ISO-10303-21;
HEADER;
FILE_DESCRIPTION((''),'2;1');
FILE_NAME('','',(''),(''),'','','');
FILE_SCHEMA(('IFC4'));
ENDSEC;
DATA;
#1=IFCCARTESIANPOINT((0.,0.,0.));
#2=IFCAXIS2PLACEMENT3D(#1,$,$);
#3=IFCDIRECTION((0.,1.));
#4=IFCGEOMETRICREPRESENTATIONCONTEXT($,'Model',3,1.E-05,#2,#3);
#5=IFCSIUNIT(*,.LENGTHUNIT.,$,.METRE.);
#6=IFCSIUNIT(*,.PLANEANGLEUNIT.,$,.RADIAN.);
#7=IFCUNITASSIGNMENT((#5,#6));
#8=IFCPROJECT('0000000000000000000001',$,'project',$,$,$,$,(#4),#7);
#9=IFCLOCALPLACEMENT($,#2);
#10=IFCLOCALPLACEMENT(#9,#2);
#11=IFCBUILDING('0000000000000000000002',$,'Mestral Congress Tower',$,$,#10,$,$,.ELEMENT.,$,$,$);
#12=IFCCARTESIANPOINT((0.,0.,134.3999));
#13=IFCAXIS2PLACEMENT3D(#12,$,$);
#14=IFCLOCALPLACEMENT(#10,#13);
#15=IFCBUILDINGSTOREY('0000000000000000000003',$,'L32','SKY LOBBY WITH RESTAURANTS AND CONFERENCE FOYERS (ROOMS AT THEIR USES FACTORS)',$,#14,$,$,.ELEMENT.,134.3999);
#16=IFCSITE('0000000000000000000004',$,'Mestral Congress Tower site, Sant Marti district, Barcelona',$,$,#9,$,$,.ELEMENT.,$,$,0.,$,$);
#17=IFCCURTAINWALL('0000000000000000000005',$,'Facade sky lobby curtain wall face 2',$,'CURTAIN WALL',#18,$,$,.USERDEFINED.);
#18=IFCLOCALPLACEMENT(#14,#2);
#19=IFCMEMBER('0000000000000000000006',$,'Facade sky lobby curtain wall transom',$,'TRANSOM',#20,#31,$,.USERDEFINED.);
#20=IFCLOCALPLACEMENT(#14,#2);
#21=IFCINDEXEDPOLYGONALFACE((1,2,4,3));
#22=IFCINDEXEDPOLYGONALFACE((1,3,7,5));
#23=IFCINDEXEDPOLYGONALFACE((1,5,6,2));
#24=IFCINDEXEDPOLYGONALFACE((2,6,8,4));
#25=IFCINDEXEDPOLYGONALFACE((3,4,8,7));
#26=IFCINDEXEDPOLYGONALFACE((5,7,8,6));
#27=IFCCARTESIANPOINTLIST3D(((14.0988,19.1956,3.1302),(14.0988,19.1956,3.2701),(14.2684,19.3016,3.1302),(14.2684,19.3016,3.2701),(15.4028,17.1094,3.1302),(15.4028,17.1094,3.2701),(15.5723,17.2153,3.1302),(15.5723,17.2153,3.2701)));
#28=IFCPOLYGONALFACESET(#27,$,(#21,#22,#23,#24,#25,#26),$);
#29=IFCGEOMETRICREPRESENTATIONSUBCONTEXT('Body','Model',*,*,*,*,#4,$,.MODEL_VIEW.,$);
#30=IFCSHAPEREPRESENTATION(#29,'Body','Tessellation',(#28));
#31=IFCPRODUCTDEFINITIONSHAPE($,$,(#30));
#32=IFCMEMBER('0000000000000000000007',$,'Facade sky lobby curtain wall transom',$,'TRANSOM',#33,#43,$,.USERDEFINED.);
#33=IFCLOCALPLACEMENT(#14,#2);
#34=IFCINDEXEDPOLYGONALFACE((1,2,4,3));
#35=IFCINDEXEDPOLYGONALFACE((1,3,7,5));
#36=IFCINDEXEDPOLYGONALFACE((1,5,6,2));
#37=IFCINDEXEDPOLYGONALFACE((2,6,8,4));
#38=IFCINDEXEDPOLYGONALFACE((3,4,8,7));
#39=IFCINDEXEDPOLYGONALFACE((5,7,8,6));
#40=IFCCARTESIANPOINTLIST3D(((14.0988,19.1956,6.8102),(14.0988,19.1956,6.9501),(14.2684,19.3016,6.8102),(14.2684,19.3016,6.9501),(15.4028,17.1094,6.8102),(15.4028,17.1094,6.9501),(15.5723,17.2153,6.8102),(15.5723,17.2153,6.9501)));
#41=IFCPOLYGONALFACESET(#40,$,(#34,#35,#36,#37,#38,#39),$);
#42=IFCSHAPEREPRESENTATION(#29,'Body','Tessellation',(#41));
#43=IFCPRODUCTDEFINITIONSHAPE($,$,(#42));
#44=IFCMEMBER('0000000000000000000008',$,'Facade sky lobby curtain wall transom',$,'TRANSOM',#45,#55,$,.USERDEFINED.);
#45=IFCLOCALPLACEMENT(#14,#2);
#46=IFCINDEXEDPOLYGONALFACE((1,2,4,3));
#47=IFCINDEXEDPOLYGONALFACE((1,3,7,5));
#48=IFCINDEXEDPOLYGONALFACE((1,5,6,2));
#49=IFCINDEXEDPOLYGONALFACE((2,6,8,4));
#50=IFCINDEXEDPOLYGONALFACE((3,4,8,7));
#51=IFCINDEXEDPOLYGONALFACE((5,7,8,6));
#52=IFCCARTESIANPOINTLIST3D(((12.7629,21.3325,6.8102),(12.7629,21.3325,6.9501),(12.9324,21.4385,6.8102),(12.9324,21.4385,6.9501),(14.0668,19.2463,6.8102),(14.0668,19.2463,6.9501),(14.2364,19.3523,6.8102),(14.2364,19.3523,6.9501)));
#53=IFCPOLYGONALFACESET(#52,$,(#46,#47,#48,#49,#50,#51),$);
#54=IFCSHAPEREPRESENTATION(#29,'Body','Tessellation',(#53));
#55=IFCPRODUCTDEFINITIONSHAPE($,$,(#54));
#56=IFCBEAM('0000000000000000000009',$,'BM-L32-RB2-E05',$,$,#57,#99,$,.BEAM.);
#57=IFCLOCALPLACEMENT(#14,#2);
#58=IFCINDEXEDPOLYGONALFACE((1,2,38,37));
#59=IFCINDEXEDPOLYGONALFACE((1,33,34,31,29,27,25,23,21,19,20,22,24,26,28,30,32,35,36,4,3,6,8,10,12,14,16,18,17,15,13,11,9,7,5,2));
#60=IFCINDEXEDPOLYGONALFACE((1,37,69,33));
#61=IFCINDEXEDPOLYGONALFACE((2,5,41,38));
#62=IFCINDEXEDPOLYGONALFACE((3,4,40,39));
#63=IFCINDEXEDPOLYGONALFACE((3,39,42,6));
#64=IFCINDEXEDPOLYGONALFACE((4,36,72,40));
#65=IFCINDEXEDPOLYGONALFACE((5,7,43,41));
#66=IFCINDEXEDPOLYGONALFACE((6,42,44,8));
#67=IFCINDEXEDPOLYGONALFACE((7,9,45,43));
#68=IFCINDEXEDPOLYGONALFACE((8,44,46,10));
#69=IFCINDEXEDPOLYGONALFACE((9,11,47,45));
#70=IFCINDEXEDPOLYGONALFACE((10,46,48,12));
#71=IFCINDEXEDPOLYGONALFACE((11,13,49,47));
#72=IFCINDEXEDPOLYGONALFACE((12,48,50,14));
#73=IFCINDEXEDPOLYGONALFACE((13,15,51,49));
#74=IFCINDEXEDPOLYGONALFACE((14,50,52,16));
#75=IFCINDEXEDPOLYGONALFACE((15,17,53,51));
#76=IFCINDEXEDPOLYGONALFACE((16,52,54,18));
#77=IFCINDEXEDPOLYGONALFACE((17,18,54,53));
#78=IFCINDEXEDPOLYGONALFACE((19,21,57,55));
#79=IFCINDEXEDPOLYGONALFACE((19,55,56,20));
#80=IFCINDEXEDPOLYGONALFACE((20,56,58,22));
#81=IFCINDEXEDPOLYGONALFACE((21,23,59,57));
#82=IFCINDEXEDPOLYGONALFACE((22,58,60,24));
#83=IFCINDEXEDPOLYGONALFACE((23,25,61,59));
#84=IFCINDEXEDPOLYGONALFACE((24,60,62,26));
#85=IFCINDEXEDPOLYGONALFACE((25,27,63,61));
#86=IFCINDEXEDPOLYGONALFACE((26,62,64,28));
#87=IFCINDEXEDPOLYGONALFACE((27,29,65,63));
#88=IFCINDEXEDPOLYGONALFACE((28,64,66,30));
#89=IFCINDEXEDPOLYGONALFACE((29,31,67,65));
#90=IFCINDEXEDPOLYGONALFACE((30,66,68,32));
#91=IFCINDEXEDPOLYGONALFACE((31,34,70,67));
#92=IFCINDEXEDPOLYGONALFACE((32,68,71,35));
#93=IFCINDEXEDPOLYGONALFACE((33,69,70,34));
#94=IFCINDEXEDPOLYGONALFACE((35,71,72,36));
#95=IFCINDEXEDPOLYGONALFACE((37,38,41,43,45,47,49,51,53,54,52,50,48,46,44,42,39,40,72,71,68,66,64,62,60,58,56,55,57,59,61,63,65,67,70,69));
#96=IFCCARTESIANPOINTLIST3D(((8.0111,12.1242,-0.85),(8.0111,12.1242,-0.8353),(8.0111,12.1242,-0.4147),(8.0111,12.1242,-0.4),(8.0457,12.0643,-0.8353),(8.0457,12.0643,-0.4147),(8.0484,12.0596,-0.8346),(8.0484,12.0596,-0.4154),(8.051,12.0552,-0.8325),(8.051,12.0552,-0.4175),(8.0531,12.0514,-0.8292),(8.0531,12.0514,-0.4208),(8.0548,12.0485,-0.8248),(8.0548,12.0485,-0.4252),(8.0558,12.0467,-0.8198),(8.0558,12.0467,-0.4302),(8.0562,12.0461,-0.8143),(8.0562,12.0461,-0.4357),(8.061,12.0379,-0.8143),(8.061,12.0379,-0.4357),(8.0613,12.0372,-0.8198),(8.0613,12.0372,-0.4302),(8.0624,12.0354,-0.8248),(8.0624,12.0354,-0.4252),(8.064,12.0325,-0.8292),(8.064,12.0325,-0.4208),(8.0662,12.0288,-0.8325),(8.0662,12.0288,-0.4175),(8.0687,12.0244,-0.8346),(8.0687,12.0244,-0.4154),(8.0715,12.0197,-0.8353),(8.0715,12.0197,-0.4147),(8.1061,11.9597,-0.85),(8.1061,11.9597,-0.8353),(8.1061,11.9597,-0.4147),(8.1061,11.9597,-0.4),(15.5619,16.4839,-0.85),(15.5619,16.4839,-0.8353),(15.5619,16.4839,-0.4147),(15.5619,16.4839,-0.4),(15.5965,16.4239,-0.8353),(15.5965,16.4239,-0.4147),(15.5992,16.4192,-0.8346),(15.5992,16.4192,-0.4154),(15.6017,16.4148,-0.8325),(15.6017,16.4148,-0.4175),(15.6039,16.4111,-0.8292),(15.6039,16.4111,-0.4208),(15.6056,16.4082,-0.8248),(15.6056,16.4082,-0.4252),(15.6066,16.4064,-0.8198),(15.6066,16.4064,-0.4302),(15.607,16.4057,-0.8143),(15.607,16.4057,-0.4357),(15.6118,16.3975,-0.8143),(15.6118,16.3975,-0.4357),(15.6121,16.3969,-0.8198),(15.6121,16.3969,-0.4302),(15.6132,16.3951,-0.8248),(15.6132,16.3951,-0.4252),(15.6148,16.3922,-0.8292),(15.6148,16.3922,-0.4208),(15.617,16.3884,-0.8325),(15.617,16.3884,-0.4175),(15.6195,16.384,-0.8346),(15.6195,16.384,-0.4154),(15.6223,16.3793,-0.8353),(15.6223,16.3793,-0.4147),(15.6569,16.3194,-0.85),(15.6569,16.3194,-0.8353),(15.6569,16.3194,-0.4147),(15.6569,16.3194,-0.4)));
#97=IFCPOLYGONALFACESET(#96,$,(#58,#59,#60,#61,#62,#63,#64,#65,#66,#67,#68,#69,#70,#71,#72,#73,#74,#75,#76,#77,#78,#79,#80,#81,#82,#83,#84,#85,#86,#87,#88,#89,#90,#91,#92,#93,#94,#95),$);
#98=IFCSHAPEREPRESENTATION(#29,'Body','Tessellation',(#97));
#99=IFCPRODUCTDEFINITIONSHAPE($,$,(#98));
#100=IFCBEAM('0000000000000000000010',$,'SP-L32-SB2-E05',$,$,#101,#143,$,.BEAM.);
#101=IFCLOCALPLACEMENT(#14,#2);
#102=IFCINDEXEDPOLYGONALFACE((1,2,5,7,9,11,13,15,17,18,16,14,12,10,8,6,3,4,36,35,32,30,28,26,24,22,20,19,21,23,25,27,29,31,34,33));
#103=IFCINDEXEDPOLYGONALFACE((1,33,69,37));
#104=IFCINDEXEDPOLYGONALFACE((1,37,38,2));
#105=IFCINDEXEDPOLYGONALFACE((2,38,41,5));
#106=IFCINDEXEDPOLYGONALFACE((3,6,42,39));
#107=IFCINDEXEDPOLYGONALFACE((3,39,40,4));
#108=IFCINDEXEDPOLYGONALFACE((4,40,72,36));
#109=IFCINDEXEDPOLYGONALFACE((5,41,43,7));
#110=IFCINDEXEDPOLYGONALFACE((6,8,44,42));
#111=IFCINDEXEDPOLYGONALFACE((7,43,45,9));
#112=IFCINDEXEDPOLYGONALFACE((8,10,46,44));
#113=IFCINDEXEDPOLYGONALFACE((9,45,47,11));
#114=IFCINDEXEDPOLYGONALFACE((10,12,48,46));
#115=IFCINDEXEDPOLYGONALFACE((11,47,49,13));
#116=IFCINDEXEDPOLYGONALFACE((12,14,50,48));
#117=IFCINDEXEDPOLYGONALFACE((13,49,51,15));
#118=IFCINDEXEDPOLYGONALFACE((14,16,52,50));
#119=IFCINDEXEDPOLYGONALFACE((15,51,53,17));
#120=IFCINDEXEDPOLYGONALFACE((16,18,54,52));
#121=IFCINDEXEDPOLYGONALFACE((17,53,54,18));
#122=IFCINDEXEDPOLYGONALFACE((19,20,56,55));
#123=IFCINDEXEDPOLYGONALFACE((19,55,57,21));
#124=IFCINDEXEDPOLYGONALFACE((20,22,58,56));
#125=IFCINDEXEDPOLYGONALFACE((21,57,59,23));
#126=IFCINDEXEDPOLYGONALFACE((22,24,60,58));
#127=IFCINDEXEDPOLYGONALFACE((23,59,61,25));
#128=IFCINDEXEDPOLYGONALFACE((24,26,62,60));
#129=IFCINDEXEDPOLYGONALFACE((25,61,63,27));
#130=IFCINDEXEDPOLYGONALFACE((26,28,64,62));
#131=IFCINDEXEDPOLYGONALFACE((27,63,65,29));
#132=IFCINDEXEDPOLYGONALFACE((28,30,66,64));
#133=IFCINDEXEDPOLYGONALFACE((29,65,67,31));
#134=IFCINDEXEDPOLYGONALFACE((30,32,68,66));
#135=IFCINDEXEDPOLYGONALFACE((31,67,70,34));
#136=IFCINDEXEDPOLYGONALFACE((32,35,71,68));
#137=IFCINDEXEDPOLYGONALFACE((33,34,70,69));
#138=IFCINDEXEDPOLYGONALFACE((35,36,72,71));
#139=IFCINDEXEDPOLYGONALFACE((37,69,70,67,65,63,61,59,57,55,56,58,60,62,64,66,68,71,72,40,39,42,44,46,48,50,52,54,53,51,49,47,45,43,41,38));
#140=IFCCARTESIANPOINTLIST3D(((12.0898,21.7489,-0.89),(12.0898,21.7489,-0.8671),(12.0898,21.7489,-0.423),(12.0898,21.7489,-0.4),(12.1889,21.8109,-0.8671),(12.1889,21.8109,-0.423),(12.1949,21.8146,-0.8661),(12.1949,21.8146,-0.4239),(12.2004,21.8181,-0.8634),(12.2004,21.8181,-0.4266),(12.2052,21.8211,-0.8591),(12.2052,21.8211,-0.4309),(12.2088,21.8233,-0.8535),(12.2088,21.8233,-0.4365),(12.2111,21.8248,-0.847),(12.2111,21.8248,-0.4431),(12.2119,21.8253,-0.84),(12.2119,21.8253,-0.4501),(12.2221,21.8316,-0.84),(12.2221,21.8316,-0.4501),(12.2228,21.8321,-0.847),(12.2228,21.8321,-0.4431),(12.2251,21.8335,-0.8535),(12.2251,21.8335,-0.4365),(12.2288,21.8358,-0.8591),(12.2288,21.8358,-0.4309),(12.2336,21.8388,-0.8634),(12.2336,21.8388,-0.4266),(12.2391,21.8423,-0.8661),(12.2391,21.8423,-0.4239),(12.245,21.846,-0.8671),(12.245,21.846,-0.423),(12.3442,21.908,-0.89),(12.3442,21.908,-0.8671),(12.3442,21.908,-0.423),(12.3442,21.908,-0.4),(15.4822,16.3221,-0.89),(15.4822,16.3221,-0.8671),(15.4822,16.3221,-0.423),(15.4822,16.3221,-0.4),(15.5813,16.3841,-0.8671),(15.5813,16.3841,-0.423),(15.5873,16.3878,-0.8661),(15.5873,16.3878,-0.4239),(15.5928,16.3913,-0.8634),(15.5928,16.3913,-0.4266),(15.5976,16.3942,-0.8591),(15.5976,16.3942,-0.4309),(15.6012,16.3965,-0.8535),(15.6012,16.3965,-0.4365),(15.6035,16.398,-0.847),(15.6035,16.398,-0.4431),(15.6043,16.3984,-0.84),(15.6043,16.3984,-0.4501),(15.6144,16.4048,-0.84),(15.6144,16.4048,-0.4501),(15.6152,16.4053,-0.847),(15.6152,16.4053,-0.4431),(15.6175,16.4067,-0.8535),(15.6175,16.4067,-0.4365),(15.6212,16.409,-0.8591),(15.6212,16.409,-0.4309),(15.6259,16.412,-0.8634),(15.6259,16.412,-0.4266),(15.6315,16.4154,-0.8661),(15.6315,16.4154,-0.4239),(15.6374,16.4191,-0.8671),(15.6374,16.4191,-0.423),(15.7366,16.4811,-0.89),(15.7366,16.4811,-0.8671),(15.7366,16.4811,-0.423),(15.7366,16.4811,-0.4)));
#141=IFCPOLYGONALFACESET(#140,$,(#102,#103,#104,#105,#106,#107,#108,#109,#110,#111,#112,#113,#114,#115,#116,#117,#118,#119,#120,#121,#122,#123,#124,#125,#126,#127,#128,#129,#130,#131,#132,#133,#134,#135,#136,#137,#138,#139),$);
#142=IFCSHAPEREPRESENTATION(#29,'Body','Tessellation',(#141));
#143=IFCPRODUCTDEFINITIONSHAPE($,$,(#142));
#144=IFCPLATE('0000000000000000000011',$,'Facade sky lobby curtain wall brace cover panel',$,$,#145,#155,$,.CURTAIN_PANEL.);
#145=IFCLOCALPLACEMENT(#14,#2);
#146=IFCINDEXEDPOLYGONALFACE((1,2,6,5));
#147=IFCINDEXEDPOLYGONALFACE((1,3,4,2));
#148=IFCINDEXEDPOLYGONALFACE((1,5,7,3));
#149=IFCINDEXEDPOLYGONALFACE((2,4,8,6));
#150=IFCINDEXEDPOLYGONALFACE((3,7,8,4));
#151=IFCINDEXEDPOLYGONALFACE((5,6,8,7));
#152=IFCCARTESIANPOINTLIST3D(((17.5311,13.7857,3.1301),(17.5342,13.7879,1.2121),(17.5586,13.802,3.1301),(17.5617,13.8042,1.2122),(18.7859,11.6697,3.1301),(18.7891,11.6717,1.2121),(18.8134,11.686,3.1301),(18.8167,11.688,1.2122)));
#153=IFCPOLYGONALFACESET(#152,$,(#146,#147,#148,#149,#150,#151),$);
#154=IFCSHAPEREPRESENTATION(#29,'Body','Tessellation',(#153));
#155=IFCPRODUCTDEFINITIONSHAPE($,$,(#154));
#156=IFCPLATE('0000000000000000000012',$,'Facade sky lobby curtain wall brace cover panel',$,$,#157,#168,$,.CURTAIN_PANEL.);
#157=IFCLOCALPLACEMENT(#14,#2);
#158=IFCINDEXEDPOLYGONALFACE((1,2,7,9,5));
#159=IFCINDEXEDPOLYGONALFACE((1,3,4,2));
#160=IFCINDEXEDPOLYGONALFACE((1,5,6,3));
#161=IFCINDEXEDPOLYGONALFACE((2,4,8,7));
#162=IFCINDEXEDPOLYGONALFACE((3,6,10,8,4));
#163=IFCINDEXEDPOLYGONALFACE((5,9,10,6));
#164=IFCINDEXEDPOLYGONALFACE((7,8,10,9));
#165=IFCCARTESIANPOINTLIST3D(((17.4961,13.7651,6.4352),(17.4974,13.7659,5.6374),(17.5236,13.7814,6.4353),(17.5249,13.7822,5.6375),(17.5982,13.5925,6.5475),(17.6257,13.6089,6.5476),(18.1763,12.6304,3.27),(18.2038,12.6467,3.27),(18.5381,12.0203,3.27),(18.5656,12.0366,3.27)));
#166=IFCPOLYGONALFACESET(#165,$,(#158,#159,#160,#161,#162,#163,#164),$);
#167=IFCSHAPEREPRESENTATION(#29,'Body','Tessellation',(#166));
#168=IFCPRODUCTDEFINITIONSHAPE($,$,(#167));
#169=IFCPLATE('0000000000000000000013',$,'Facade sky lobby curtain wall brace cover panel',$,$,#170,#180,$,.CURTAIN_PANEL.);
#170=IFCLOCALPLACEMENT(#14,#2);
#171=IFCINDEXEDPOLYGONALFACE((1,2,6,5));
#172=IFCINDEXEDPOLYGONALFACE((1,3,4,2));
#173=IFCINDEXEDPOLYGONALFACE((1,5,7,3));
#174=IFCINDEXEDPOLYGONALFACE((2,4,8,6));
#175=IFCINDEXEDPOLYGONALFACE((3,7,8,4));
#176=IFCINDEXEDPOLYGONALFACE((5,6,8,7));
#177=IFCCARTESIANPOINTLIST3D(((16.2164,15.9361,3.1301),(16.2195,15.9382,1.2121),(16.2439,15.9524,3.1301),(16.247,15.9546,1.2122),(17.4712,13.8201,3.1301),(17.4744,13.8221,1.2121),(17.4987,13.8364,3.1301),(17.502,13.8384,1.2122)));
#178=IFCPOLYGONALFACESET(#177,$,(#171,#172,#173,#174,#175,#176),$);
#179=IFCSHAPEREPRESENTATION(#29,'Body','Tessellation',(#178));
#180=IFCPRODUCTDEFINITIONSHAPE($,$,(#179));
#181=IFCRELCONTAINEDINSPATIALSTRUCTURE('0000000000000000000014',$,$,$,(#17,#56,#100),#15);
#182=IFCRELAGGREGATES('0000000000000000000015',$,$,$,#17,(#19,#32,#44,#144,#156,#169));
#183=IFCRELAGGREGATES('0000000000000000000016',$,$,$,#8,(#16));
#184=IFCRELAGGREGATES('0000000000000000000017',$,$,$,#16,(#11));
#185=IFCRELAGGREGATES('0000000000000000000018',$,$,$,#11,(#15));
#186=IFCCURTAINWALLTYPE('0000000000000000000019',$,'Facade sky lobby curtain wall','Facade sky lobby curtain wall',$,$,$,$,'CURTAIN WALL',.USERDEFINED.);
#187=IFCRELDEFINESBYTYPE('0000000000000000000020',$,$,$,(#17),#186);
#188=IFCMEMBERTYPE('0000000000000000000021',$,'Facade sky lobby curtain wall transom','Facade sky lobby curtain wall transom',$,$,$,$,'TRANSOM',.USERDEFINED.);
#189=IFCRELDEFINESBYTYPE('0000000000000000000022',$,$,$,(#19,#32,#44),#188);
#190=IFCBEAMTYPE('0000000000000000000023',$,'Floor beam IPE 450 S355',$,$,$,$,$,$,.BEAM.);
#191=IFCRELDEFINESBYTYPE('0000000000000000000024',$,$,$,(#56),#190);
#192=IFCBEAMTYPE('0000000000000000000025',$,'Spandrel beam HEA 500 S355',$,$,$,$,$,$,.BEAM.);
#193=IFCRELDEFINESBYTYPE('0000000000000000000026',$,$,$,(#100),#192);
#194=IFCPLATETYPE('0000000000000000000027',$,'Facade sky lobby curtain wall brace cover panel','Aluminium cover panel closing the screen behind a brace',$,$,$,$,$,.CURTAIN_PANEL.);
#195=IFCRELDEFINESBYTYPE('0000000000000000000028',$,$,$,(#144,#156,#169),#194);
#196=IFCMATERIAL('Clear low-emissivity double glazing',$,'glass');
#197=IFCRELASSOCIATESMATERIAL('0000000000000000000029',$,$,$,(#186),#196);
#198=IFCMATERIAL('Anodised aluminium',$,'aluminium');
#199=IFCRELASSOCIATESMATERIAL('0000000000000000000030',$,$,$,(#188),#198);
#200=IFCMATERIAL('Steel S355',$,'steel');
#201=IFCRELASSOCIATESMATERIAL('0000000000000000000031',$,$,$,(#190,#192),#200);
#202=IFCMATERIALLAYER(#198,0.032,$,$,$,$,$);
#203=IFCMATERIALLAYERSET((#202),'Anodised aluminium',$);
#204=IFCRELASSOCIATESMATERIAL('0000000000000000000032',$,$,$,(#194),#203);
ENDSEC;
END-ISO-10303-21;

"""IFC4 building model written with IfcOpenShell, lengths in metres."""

from ifc_helpers import new_model, si_unit, direction, frame, origin, origin_2d, place, context, subcontext, project, spatial, polyline, rectangle, i_section, outline, extrude, material, layer, layer_set, material_profile, profile_set, type_object, element, aggregate, save


model = new_model("IFC4")

# Units and contexts
model_context = context("Model", 3, precision=1e-05, world=origin(), true_north=direction((0.0, 1.0)))
body_context = subcontext(model_context, "Body", "Model", "MODEL_VIEW")
ifc_project = project(units=[si_unit("LENGTHUNIT", "METRE"), si_unit("PLANEANGLEUNIT", "RADIAN")], contexts=[model_context])

# Site, building, storey
site_placement = place(None, origin())
site = spatial("IfcSite", under=ifc_project, at=site_placement, Name="Mestral Congress Tower site, Sant Marti district, Barcelona", CompositionType="ELEMENT", RefElevation=0.0)
building_placement = place(site_placement, origin())
building = spatial("IfcBuilding", under=site, at=building_placement, Name="Mestral Congress Tower", CompositionType="ELEMENT")
storey_placement = place(building_placement, frame((0.0, 0.0, 134.3999)))
storey = spatial("IfcBuildingStorey", under=building, at=storey_placement, Name="L32", Description="SKY LOBBY WITH RESTAURANTS AND CONFERENCE FOYERS (ROOMS AT THEIR USES FACTORS)", CompositionType="ELEMENT", Elevation=134.3999)

# Shared definitions
ifc_material_1 = material(Name="Steel S355", Category="steel")

# Curtain wall, members
ifc_material_2 = material(Name="Clear low-emissivity double glazing", Category="glass")
curtain_wall_type = type_object("IfcCurtainWallType", Name="Facade sky lobby curtain wall", Description="Facade sky lobby curtain wall", ElementType="CURTAIN WALL", PredefinedType="USERDEFINED", material=ifc_material_2)
curtain_wall_placement = place(storey_placement, origin())
curtain_wall = element("IfcCurtainWall", 1, at=curtain_wall_placement, inside=storey, type_object=curtain_wall_type, Name="Facade sky lobby curtain wall face 2", ObjectType="CURTAIN WALL", PredefinedType="USERDEFINED")
ifc_material_3 = material(Name="Anodised aluminium", Category="aluminium")
ifc_material_profile_1 = material_profile(ifc_material_3, rectangle(XDim=0.2, YDim=0.1399, at=origin_2d()), Name="CW1 transom 200 x 140")
ifc_profile_set_1 = profile_set([ifc_material_profile_1], Name="Anodised aluminium")
member_type_1 = type_object("IfcMemberType", Name="Facade sky lobby curtain wall transom", Description="Facade sky lobby curtain wall transom", ElementType="TRANSOM", PredefinedType="USERDEFINED", material=ifc_profile_set_1)
member_1_placement = place(storey_placement, frame((15.4875, 17.1624, 3.2002), z_axis=(-0.530026, 0.847982, 0.0), x_axis=(-0.847982, -0.530026, 0.0)))
member_1 = element("IfcMember", 2, at=member_1_placement, type_object=member_type_1, Name="Facade sky lobby curtain wall transom", ObjectType="TRANSOM", PredefinedType="USERDEFINED", context=body_context, shape_type="SweptSolid", body=[
    extrude(rectangle(XDim=0.2, YDim=0.1399, at=origin_2d()), origin(), (0.0, 0.0, 1.0), 2.4602),
])
member_2_placement = place(storey_placement, frame((15.4875, 17.1624, 6.8801), z_axis=(-0.530026, 0.847982, 0.0), x_axis=(-0.847982, -0.530026, 0.0)))
member_2 = element("IfcMember", 3, at=member_2_placement, type_object=member_type_1, Name="Facade sky lobby curtain wall transom", ObjectType="TRANSOM", PredefinedType="USERDEFINED", context=body_context, shape_type="SweptSolid", body=[
    extrude(rectangle(XDim=0.2, YDim=0.1399, at=origin_2d()), origin(), (0.0, 0.0, 1.0), 2.4602),
])
member_3_placement = place(storey_placement, frame((14.1516, 19.2993, 6.8801), z_axis=(-0.530026, 0.847982, 0.0), x_axis=(-0.847982, -0.530026, 0.0)))
member_3 = element("IfcMember", 4, at=member_3_placement, type_object=member_type_1, Name="Facade sky lobby curtain wall transom", ObjectType="TRANSOM", PredefinedType="USERDEFINED", context=body_context, shape_type="SweptSolid", body=[
    extrude(rectangle(XDim=0.2, YDim=0.1399, at=origin_2d()), origin(), (0.0, 0.0, 1.0), 2.4602),
])

# Beams
ifc_material_profile_2 = material_profile(ifc_material_1, i_section(OverallWidth=0.1899, OverallDepth=0.45, WebThickness=0.0095, FlangeThickness=0.0146, FilletRadius=0.021, at=origin_2d()), Name="IPE 450")
ifc_profile_set_2 = profile_set([ifc_material_profile_2], Name="Steel S355")
beam_type_1 = type_object("IfcBeamType", Name="Floor beam IPE 450 S355", PredefinedType="BEAM", material=ifc_profile_set_2)
beam_1_placement = place(storey_placement, frame((15.6094, 16.4016, -0.625), z_axis=(-0.866017, -0.500015, 0.0), x_axis=(0.500015, -0.866017, 0.0)))
element("IfcBeam", 5, at=beam_1_placement, inside=storey, type_object=beam_type_1, Name="BM-L32-RB2-E05", PredefinedType="BEAM", context=body_context, shape_type="SweptSolid", body=[
    extrude(i_section(OverallWidth=0.1899, OverallDepth=0.45, WebThickness=0.0095, FlangeThickness=0.0146, FilletRadius=0.021, at=origin_2d()), origin(), (0.0, 0.0, 1.0), 8.719),
])
ifc_material_profile_3 = material_profile(ifc_material_1, i_section(OverallWidth=0.3, OverallDepth=0.49, WebThickness=0.012, FlangeThickness=0.0229, FilletRadius=0.0271, at=origin_2d()), Name="HEA 500")
ifc_profile_set_3 = profile_set([ifc_material_profile_3], Name="Steel S355")
beam_type_2 = type_object("IfcBeamType", Name="Spandrel beam HEA 500 S355", PredefinedType="BEAM", material=ifc_profile_set_3)
beam_2_placement = place(storey_placement, frame((15.6094, 16.4016, -0.645), z_axis=(-0.530068, 0.847955, 0.0), x_axis=(-0.847955, -0.530068, 0.0)))
element("IfcBeam", 6, at=beam_2_placement, inside=storey, type_object=beam_type_2, Name="SP-L32-SB2-E05", PredefinedType="BEAM", context=body_context, shape_type="SweptSolid", body=[
    extrude(i_section(OverallWidth=0.3, OverallDepth=0.49, WebThickness=0.012, FlangeThickness=0.0229, FilletRadius=0.0271, at=origin_2d()), origin(), (0.0, 0.0, 1.0), 6.3999),
])

# Plates
ifc_layer_1 = layer(ifc_material_3, 0.032)
ifc_layer_set_1 = layer_set([ifc_layer_1], Name="Anodised aluminium")
plate_type_1 = type_object("IfcPlateType", Name="Facade sky lobby curtain wall brace cover panel", Description="Aluminium cover panel closing the screen behind a brace", PredefinedType="CURTAIN_PANEL", material=ifc_layer_set_1)
plate_1_placement = place(storey_placement, frame((17.5586, 13.802, 3.1301), z_axis=(0.860129, 0.510073, 0.001975), x_axis=(0.001627, 0.001129, -0.999998)))
plate_1 = element("IfcPlate", 7, at=plate_1_placement, type_object=plate_type_1, Name="Facade sky lobby curtain wall brace cover panel", PredefinedType="CURTAIN_PANEL", context=body_context, shape_type="SweptSolid", body=[
    extrude(outline(polyline([(0.0, 0.0), (1.918, 0.0), (1.9176, -2.4603), (-0.0003, -2.4601), (0.0, 0.0)])), origin(), (0.0, 0.0, -1.0), 0.032),
])
plate_2_placement = place(storey_placement, frame((17.5249, 13.7822, 5.6375), z_axis=(0.860086, 0.510145, 0.00194), x_axis=(0.250319, -0.418709, -0.872939)))
plate_2 = element("IfcPlate", 8, at=plate_2_placement, type_object=plate_type_1, Name="Facade sky lobby curtain wall brace cover panel", PredefinedType="CURTAIN_PANEL", context=body_context, shape_type="SweptSolid", body=[
    extrude(outline(polyline([(0.0, 0.0), (2.712, 0.0), (3.058, -0.6192), (-0.6967, -0.619), (-0.6965, -0.3892), (0.0, 0.0)])), origin(), (0.0, 0.0, -1.0), 0.032),
])
plate_3_placement = place(storey_placement, frame((16.2439, 15.9524, 3.1301), z_axis=(0.860129, 0.510073, 0.001975), x_axis=(0.001627, 0.001129, -0.999998)))
plate_3 = element("IfcPlate", 9, at=plate_3_placement, type_object=plate_type_1, Name="Facade sky lobby curtain wall brace cover panel", PredefinedType="CURTAIN_PANEL", context=body_context, shape_type="SweptSolid", body=[
    extrude(outline(polyline([(0.0, 0.0), (1.918, 0.0), (1.9176, -2.4603), (-0.0003, -2.4601), (0.0, 0.0)])), origin(), (0.0, 0.0, -1.0), 0.032),
])
aggregate(curtain_wall, [member_1, member_2, member_3, plate_1, plate_2, plate_3])

save(model, "model.ifc")
